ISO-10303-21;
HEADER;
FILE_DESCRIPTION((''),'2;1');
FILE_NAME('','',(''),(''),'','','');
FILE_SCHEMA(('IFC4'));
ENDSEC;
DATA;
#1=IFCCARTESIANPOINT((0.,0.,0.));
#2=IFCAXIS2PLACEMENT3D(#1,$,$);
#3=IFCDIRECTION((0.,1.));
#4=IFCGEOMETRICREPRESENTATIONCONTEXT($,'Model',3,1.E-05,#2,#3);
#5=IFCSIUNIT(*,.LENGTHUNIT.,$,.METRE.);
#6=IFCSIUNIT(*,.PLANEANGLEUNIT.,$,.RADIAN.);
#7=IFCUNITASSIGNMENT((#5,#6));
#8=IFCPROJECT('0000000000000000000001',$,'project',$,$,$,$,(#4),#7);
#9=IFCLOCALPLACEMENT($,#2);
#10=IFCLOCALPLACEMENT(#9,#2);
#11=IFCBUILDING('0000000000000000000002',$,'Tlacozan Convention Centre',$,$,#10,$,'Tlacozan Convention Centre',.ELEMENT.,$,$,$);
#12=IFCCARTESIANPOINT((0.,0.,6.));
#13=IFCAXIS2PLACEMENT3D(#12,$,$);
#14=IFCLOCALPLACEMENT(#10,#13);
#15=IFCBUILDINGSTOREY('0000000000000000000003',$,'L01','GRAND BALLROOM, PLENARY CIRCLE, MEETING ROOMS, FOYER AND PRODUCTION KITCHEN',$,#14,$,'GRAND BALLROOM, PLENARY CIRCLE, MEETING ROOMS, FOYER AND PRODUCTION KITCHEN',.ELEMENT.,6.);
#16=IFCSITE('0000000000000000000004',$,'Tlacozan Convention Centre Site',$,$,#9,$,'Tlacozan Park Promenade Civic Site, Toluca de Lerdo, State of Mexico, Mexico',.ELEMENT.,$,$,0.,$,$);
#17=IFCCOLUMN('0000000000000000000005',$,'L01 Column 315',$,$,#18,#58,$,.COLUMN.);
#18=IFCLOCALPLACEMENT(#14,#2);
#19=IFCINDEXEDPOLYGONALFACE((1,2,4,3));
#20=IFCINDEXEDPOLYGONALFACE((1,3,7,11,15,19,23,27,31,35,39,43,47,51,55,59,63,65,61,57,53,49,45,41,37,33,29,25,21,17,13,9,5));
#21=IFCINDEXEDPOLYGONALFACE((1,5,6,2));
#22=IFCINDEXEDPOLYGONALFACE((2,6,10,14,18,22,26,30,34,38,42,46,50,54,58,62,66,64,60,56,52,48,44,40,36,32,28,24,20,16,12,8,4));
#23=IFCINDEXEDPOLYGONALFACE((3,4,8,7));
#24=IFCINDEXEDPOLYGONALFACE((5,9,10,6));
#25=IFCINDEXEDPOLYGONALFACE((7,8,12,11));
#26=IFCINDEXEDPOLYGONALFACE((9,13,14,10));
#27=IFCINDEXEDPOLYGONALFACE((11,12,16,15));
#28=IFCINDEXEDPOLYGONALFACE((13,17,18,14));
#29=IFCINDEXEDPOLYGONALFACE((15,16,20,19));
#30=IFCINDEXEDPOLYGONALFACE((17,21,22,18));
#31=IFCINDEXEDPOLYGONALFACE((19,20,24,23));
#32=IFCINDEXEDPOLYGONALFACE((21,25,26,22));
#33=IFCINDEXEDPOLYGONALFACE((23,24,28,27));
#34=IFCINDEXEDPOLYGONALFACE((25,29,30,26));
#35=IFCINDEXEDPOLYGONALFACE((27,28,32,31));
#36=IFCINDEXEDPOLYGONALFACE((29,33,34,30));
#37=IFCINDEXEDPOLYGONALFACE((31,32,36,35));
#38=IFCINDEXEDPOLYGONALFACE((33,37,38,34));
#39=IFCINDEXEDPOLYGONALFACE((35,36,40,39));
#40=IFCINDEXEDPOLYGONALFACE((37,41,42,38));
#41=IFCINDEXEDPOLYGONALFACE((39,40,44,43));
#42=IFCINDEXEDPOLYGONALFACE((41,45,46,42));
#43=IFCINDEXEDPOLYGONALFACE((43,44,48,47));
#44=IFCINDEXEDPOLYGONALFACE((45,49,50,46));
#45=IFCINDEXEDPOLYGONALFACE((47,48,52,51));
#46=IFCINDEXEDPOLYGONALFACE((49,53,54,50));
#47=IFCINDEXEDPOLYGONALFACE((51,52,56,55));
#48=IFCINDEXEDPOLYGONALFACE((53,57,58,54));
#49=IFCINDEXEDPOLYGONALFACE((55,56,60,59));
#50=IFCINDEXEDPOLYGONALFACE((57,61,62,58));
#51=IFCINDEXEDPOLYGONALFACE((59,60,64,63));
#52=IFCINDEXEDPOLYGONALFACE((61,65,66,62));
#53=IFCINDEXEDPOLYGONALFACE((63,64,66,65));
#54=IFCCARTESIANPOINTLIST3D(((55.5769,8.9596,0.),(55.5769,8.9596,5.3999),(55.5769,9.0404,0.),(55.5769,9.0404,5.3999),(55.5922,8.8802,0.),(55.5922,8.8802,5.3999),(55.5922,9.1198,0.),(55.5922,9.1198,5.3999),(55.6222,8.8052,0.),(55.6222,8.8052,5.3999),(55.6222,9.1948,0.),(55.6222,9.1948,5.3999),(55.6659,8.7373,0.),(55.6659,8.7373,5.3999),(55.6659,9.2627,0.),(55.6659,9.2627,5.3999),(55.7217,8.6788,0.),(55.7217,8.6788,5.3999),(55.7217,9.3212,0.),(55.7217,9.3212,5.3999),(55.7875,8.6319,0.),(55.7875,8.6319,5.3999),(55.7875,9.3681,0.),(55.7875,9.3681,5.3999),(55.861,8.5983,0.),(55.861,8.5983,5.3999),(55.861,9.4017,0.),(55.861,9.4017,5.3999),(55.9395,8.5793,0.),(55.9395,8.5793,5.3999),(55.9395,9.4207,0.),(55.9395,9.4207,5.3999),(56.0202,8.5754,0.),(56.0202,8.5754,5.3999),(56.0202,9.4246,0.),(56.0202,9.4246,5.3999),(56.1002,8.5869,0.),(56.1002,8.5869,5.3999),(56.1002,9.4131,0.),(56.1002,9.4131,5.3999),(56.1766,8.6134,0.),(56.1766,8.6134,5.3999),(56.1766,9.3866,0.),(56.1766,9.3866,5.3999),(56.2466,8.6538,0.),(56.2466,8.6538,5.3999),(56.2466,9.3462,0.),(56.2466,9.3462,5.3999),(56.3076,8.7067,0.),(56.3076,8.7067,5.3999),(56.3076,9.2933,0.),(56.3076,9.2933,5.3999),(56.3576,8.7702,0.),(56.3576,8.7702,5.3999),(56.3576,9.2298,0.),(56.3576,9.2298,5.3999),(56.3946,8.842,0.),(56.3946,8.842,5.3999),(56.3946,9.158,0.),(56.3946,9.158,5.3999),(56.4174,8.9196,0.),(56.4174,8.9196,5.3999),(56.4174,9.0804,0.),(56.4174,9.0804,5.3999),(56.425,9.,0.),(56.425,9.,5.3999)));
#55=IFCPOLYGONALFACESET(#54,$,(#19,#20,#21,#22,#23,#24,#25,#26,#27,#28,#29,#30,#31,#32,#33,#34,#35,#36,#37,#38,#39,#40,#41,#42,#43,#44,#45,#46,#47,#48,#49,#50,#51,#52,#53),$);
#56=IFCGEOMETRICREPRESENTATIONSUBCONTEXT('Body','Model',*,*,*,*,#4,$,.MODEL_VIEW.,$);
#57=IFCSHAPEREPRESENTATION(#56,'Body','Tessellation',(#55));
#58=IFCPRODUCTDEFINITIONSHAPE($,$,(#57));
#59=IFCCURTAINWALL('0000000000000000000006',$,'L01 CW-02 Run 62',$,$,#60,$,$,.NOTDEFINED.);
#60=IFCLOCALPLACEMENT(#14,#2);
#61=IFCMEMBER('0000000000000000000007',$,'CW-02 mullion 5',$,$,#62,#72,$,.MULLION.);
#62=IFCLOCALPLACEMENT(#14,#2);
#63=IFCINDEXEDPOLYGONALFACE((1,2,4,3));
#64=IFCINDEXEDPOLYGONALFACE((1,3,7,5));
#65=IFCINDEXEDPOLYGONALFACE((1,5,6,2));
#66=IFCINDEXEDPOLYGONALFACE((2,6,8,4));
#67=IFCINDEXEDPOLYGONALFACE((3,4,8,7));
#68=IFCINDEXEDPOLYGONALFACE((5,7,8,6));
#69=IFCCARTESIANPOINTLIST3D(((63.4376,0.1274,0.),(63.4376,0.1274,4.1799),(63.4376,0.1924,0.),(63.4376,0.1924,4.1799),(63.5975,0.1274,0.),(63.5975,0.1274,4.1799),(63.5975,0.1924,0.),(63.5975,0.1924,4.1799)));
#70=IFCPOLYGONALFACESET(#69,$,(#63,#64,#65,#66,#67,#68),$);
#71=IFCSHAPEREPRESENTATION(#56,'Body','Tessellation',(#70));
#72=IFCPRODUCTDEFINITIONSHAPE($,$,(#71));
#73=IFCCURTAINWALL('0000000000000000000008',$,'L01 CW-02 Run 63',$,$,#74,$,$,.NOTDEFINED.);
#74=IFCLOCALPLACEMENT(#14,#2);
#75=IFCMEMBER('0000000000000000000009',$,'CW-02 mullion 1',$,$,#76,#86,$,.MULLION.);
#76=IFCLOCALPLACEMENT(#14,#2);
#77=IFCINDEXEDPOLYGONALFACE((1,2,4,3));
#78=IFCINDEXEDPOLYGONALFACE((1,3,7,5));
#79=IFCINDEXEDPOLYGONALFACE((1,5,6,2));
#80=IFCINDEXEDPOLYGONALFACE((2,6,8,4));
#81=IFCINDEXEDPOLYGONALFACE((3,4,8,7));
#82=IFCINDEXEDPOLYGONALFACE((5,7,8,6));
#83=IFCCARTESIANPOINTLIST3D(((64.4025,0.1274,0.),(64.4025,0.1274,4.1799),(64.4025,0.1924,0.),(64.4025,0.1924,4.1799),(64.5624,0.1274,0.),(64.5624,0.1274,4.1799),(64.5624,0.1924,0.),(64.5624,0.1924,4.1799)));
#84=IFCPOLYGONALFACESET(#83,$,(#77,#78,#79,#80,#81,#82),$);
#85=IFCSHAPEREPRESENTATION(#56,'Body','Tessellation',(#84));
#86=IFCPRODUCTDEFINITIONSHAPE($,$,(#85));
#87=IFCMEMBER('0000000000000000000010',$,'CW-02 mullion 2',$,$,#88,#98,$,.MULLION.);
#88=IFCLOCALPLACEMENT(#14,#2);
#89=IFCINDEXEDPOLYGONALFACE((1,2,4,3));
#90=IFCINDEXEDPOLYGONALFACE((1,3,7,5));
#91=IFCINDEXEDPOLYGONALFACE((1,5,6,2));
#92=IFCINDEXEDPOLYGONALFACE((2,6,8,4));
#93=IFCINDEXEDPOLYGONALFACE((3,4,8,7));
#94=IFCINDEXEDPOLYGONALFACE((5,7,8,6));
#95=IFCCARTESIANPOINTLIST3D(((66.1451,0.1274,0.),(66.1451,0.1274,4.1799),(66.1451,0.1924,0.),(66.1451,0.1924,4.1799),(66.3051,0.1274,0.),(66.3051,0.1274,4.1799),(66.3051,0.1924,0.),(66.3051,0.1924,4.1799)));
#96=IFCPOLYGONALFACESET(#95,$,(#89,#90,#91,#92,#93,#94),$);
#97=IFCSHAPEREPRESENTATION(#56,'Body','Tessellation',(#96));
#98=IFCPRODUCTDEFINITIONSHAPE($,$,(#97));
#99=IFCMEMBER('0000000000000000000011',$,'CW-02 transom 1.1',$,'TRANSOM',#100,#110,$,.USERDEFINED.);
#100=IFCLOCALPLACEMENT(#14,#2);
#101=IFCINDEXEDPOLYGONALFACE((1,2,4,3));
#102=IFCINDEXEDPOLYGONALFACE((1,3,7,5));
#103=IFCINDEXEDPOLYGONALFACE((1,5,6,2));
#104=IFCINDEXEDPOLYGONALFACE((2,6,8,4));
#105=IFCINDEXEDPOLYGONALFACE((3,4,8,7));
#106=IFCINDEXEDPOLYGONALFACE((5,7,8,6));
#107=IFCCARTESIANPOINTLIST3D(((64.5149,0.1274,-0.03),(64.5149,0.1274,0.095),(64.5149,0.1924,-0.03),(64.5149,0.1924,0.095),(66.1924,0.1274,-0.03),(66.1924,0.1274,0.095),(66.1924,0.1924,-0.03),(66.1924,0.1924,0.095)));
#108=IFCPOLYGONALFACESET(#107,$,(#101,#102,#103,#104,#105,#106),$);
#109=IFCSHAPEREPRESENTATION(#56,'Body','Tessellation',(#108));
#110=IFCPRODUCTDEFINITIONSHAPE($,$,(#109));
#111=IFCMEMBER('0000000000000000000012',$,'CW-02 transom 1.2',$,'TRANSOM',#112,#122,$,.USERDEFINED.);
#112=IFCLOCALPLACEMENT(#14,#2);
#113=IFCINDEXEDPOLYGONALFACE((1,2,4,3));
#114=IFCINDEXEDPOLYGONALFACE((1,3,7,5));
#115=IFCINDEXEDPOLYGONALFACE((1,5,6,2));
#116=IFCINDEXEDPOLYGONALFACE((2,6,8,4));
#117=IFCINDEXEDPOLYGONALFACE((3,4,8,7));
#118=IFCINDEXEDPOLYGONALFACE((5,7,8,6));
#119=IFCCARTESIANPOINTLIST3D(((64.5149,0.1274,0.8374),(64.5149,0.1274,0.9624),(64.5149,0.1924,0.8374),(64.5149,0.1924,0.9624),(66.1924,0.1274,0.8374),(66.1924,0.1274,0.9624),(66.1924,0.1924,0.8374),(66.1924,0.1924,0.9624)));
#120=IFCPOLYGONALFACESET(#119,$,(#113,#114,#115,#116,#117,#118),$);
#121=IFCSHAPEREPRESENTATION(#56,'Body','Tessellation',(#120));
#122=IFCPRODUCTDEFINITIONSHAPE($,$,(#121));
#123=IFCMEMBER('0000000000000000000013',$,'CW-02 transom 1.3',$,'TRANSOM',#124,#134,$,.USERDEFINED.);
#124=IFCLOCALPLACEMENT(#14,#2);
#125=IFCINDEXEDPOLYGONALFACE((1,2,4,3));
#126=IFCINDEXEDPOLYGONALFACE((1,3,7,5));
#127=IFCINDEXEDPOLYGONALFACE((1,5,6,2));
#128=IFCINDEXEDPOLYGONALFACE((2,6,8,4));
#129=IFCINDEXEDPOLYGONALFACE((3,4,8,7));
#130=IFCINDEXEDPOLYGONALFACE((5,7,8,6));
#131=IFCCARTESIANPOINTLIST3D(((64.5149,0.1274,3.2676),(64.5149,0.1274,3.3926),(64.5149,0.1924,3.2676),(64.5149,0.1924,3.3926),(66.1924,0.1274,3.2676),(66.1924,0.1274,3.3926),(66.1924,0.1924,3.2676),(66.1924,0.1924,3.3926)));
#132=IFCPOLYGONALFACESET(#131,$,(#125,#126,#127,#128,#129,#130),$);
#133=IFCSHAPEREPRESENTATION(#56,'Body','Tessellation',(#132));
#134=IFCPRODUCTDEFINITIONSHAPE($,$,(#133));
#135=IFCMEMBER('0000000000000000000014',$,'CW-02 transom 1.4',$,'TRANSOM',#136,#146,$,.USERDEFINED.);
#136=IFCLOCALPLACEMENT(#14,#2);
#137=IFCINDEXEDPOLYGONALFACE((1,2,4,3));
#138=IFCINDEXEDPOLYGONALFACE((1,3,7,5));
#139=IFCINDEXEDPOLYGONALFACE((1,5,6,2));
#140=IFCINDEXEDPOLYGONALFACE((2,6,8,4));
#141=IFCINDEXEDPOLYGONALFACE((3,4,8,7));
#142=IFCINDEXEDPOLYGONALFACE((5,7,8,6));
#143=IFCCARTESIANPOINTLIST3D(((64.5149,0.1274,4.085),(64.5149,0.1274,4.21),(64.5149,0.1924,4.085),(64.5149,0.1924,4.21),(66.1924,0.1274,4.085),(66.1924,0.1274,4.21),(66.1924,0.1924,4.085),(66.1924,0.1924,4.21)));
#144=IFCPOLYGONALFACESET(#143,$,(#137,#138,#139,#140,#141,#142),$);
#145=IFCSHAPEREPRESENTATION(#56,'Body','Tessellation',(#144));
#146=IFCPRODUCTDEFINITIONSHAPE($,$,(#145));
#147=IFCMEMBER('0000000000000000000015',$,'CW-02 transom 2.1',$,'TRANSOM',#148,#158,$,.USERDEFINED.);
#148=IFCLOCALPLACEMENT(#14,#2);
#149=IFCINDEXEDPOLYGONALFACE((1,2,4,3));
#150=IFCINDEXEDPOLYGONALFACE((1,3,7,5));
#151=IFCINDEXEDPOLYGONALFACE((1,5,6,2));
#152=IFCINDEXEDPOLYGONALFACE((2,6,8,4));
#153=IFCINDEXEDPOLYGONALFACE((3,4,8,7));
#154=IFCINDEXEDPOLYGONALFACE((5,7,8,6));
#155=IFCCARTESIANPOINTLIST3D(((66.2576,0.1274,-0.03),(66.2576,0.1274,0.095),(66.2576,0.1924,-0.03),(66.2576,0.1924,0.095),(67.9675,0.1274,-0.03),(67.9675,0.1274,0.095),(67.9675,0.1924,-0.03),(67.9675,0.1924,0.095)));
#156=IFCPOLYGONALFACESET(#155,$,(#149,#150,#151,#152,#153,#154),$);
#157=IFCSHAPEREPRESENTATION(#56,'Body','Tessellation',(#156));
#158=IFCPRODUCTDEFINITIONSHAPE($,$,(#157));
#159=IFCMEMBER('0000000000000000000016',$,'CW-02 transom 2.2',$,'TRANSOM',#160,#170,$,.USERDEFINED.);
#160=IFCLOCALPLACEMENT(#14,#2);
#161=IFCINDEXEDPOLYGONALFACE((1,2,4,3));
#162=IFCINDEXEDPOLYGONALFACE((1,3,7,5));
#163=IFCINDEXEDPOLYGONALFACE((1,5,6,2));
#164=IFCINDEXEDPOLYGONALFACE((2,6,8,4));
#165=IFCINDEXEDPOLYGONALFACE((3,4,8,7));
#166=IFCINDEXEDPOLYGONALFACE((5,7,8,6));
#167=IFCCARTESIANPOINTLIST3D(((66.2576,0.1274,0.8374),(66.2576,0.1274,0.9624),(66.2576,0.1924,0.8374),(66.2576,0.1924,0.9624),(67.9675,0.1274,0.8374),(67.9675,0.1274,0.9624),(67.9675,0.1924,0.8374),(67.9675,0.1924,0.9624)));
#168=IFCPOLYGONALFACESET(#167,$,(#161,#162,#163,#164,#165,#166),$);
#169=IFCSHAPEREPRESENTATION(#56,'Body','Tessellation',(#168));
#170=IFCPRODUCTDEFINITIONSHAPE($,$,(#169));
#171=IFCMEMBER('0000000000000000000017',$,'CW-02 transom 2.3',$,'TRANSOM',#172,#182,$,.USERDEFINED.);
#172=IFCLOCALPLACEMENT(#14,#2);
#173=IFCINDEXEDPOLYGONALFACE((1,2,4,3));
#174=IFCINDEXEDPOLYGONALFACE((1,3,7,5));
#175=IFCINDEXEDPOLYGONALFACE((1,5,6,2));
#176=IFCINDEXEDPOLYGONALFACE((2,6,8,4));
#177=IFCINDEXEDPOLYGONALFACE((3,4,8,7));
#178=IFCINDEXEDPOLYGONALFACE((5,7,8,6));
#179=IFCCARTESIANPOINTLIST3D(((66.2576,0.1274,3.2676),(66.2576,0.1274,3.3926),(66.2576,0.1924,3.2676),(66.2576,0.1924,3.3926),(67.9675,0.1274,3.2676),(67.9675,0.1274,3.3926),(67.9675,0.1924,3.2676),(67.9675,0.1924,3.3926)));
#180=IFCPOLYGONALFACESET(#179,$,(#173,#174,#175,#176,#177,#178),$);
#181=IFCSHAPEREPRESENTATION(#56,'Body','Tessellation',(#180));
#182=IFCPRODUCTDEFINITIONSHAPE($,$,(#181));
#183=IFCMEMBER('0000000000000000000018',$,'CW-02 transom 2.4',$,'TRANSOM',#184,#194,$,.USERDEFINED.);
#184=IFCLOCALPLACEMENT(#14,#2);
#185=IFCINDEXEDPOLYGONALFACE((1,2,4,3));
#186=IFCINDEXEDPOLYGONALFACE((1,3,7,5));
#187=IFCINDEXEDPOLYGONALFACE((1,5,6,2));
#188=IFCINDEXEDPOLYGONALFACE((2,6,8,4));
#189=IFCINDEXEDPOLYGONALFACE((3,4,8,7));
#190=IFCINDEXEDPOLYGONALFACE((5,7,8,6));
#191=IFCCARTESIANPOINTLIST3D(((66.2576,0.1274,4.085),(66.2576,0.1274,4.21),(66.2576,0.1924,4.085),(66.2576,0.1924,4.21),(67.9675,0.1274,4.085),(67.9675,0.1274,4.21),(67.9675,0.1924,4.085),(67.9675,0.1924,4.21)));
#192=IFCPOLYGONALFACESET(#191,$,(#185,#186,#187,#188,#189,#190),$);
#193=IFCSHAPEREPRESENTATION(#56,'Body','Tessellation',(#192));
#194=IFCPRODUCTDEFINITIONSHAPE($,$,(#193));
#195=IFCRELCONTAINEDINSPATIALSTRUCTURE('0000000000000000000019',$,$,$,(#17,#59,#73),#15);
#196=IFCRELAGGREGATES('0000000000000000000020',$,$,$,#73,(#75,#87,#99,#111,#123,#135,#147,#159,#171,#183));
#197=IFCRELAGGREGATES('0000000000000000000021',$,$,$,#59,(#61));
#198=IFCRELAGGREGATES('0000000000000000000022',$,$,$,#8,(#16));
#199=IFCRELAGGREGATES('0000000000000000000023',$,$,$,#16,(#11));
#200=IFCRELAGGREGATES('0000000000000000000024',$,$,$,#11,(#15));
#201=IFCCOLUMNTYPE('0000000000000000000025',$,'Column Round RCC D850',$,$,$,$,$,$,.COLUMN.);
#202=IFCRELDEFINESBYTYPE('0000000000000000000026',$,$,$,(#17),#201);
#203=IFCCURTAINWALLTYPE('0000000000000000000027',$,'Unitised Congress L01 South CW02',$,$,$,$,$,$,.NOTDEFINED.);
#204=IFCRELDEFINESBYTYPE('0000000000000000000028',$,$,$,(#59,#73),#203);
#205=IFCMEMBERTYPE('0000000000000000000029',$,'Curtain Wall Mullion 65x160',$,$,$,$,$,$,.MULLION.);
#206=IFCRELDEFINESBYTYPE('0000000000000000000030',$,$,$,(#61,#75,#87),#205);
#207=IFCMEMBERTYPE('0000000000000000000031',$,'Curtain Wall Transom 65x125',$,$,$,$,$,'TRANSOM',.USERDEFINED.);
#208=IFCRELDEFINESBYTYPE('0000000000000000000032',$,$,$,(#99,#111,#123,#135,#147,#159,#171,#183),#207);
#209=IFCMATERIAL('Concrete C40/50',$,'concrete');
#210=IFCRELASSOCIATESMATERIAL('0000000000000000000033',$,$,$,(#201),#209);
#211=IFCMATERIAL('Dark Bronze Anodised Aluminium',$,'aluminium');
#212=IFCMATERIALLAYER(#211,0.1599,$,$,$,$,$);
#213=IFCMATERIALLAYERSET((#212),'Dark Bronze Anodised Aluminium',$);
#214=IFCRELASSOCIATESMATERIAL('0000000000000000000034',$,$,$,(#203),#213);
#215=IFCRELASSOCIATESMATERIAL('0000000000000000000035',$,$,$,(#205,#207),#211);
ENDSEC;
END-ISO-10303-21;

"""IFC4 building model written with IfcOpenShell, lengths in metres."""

from ifc_helpers import new_model, si_unit, direction, frame, origin, origin_2d, place, context, subcontext, project, spatial, rectangle, circle, extrude, material, layer, layer_set, material_profile, profile_set, type_object, element, aggregate, save


model = new_model("IFC4")

# Units and contexts
model_context = context("Model", 3, precision=1e-05, world=origin(), true_north=direction((0.0, 1.0)))
body_context = subcontext(model_context, "Body", "Model", "MODEL_VIEW")
ifc_project = project(units=[si_unit("LENGTHUNIT", "METRE"), si_unit("PLANEANGLEUNIT", "RADIAN")], contexts=[model_context])

# Site, building, storey
site_placement = place(None, origin())
site = spatial("IfcSite", under=ifc_project, at=site_placement, Name="Tlacozan Convention Centre Site", LongName="Tlacozan Park Promenade Civic Site, Toluca de Lerdo, State of Mexico, Mexico", CompositionType="ELEMENT", RefElevation=0.0)
building_placement = place(site_placement, origin())
building = spatial("IfcBuilding", under=site, at=building_placement, Name="Tlacozan Convention Centre", LongName="Tlacozan Convention Centre", CompositionType="ELEMENT")
storey_placement = place(building_placement, frame((0.0, 0.0, 6.0)))
storey = spatial("IfcBuildingStorey", under=building, at=storey_placement, Name="L01", Description="GRAND BALLROOM, PLENARY CIRCLE, MEETING ROOMS, FOYER AND PRODUCTION KITCHEN", LongName="GRAND BALLROOM, PLENARY CIRCLE, MEETING ROOMS, FOYER AND PRODUCTION KITCHEN", CompositionType="ELEMENT", Elevation=6.0)

# Column
ifc_material_1 = material(Name="Concrete C40/50", Category="concrete")
ifc_material_profile_1 = material_profile(ifc_material_1, circle(Radius=0.425, at=origin_2d()), Name="RCC D850")
ifc_profile_set_1 = profile_set([ifc_material_profile_1], Name="Concrete C40/50")
column_type = type_object("IfcColumnType", Name="Column Round RCC D850", PredefinedType="COLUMN", material=ifc_profile_set_1)
column_placement = place(storey_placement, frame((56.0, 9.0, 0.0), z_axis=(0.0, 0.0, 1.0), x_axis=(1.0, 0.0, 0.0)))
element("IfcColumn", 1, at=column_placement, inside=storey, type_object=column_type, Name="L01 Column 315", PredefinedType="COLUMN", context=body_context, shape_type="SweptSolid", body=[
    extrude(circle(Radius=0.425, at=origin_2d()), origin(), (0.0, 0.0, 1.0), 5.3999),
])

# Curtain wall, member
ifc_material_2 = material(Name="Dark Bronze Anodised Aluminium", Category="aluminium")
ifc_layer_1 = layer(ifc_material_2, 0.1599)
ifc_layer_set_1 = layer_set([ifc_layer_1], Name="Dark Bronze Anodised Aluminium")
curtain_wall_type = type_object("IfcCurtainWallType", Name="Unitised Congress L01 South CW02", PredefinedType="NOTDEFINED", material=ifc_layer_set_1)
curtain_wall_1_placement = place(storey_placement, origin())
curtain_wall_1 = element("IfcCurtainWall", 2, at=curtain_wall_1_placement, inside=storey, type_object=curtain_wall_type, Name="L01 CW-02 Run 62", PredefinedType="NOTDEFINED")
ifc_material_profile_2 = material_profile(ifc_material_2, rectangle(XDim=0.0649, YDim=0.1599, at=origin_2d()), Name="ALU 65x160")
ifc_profile_set_2 = profile_set([ifc_material_profile_2], Name="Dark Bronze Anodised Aluminium")
member_type_1 = type_object("IfcMemberType", Name="Curtain Wall Mullion 65x160", PredefinedType="MULLION", material=ifc_profile_set_2)
member_1_placement = place(storey_placement, frame((63.5176, 0.1599, 0.0), z_axis=(0.0, 0.0, 1.0), x_axis=(0.0, 1.0, 0.0)))
member_1 = element("IfcMember", 3, at=member_1_placement, type_object=member_type_1, Name="CW-02 mullion 5", PredefinedType="MULLION", context=body_context, shape_type="SweptSolid", body=[
    extrude(rectangle(XDim=0.0649, YDim=0.1599, at=origin_2d()), origin(), (0.0, 0.0, 1.0), 4.1799),
])

# Curtain wall, members
curtain_wall_2_placement = place(storey_placement, origin())
curtain_wall_2 = element("IfcCurtainWall", 4, at=curtain_wall_2_placement, inside=storey, type_object=curtain_wall_type, Name="L01 CW-02 Run 63", PredefinedType="NOTDEFINED")
member_2_placement = place(storey_placement, frame((64.4824, 0.1599, 0.0), z_axis=(0.0, 0.0, 1.0), x_axis=(0.0, 1.0, 0.0)))
member_2 = element("IfcMember", 5, at=member_2_placement, type_object=member_type_1, Name="CW-02 mullion 1", PredefinedType="MULLION", context=body_context, shape_type="SweptSolid", body=[
    extrude(rectangle(XDim=0.0649, YDim=0.1599, at=origin_2d()), origin(), (0.0, 0.0, 1.0), 4.1799),
])
member_3_placement = place(storey_placement, frame((66.2251, 0.1599, 0.0), z_axis=(0.0, 0.0, 1.0), x_axis=(0.0, 1.0, 0.0)))
member_3 = element("IfcMember", 6, at=member_3_placement, type_object=member_type_1, Name="CW-02 mullion 2", PredefinedType="MULLION", context=body_context, shape_type="SweptSolid", body=[
    extrude(rectangle(XDim=0.0649, YDim=0.1599, at=origin_2d()), origin(), (0.0, 0.0, 1.0), 4.1799),
])
ifc_material_profile_3 = material_profile(ifc_material_2, rectangle(XDim=0.0649, YDim=0.125, at=origin_2d()), Name="ALU 65x125")
ifc_profile_set_3 = profile_set([ifc_material_profile_3], Name="Dark Bronze Anodised Aluminium")
member_type_2 = type_object("IfcMemberType", Name="Curtain Wall Transom 65x125", ElementType="TRANSOM", PredefinedType="USERDEFINED", material=ifc_profile_set_3)
member_4_placement = place(storey_placement, frame((64.5149, 0.1599, 0.0325), z_axis=(1.0, 0.0, 0.0), x_axis=(0.0, 1.0, 0.0)))
member_4 = element("IfcMember", 7, at=member_4_placement, type_object=member_type_2, Name="CW-02 transom 1.1", ObjectType="TRANSOM", PredefinedType="USERDEFINED", context=body_context, shape_type="SweptSolid", body=[
    extrude(rectangle(XDim=0.0649, YDim=0.125, at=origin_2d()), origin(), (0.0, 0.0, 1.0), 1.6775),
])
member_5_placement = place(storey_placement, frame((64.5149, 0.1599, 0.8999), z_axis=(1.0, 0.0, 0.0), x_axis=(0.0, 1.0, 0.0)))
member_5 = element("IfcMember", 8, at=member_5_placement, type_object=member_type_2, Name="CW-02 transom 1.2", ObjectType="TRANSOM", PredefinedType="USERDEFINED", context=body_context, shape_type="SweptSolid", body=[
    extrude(rectangle(XDim=0.0649, YDim=0.125, at=origin_2d()), origin(), (0.0, 0.0, 1.0), 1.6775),
])
member_6_placement = place(storey_placement, frame((64.5149, 0.1599, 3.3301), z_axis=(1.0, 0.0, 0.0), x_axis=(0.0, 1.0, 0.0)))
member_6 = element("IfcMember", 9, at=member_6_placement, type_object=member_type_2, Name="CW-02 transom 1.3", ObjectType="TRANSOM", PredefinedType="USERDEFINED", context=body_context, shape_type="SweptSolid", body=[
    extrude(rectangle(XDim=0.0649, YDim=0.125, at=origin_2d()), origin(), (0.0, 0.0, 1.0), 1.6775),
])
member_7_placement = place(storey_placement, frame((64.5149, 0.1599, 4.1475), z_axis=(1.0, 0.0, 0.0), x_axis=(0.0, 1.0, 0.0)))
member_7 = element("IfcMember", 10, at=member_7_placement, type_object=member_type_2, Name="CW-02 transom 1.4", ObjectType="TRANSOM", PredefinedType="USERDEFINED", context=body_context, shape_type="SweptSolid", body=[
    extrude(rectangle(XDim=0.0649, YDim=0.125, at=origin_2d()), origin(), (0.0, 0.0, 1.0), 1.6775),
])
member_8_placement = place(storey_placement, frame((66.2576, 0.1599, 0.0325), z_axis=(1.0, 0.0, 0.0), x_axis=(0.0, 1.0, 0.0)))
member_8 = element("IfcMember", 11, at=member_8_placement, type_object=member_type_2, Name="CW-02 transom 2.1", ObjectType="TRANSOM", PredefinedType="USERDEFINED", context=body_context, shape_type="SweptSolid", body=[
    extrude(rectangle(XDim=0.0649, YDim=0.125, at=origin_2d()), origin(), (0.0, 0.0, 1.0), 1.71),
])
member_9_placement = place(storey_placement, frame((66.2576, 0.1599, 0.8999), z_axis=(1.0, 0.0, 0.0), x_axis=(0.0, 1.0, 0.0)))
member_9 = element("IfcMember", 12, at=member_9_placement, type_object=member_type_2, Name="CW-02 transom 2.2", ObjectType="TRANSOM", PredefinedType="USERDEFINED", context=body_context, shape_type="SweptSolid", body=[
    extrude(rectangle(XDim=0.0649, YDim=0.125, at=origin_2d()), origin(), (0.0, 0.0, 1.0), 1.71),
])
member_10_placement = place(storey_placement, frame((66.2576, 0.1599, 3.3301), z_axis=(1.0, 0.0, 0.0), x_axis=(0.0, 1.0, 0.0)))
member_10 = element("IfcMember", 13, at=member_10_placement, type_object=member_type_2, Name="CW-02 transom 2.3", ObjectType="TRANSOM", PredefinedType="USERDEFINED", context=body_context, shape_type="SweptSolid", body=[
    extrude(rectangle(XDim=0.0649, YDim=0.125, at=origin_2d()), origin(), (0.0, 0.0, 1.0), 1.71),
])
member_11_placement = place(storey_placement, frame((66.2576, 0.1599, 4.1475), z_axis=(1.0, 0.0, 0.0), x_axis=(0.0, 1.0, 0.0)))
member_11 = element("IfcMember", 14, at=member_11_placement, type_object=member_type_2, Name="CW-02 transom 2.4", ObjectType="TRANSOM", PredefinedType="USERDEFINED", context=body_context, shape_type="SweptSolid", body=[
    extrude(rectangle(XDim=0.0649, YDim=0.125, at=origin_2d()), origin(), (0.0, 0.0, 1.0), 1.71),
])

aggregate(curtain_wall_2, [member_2, member_3, member_4, member_5, member_6, member_7, member_8, member_9, member_10, member_11])
aggregate(curtain_wall_1, [member_1])

save(model, "model.ifc")
